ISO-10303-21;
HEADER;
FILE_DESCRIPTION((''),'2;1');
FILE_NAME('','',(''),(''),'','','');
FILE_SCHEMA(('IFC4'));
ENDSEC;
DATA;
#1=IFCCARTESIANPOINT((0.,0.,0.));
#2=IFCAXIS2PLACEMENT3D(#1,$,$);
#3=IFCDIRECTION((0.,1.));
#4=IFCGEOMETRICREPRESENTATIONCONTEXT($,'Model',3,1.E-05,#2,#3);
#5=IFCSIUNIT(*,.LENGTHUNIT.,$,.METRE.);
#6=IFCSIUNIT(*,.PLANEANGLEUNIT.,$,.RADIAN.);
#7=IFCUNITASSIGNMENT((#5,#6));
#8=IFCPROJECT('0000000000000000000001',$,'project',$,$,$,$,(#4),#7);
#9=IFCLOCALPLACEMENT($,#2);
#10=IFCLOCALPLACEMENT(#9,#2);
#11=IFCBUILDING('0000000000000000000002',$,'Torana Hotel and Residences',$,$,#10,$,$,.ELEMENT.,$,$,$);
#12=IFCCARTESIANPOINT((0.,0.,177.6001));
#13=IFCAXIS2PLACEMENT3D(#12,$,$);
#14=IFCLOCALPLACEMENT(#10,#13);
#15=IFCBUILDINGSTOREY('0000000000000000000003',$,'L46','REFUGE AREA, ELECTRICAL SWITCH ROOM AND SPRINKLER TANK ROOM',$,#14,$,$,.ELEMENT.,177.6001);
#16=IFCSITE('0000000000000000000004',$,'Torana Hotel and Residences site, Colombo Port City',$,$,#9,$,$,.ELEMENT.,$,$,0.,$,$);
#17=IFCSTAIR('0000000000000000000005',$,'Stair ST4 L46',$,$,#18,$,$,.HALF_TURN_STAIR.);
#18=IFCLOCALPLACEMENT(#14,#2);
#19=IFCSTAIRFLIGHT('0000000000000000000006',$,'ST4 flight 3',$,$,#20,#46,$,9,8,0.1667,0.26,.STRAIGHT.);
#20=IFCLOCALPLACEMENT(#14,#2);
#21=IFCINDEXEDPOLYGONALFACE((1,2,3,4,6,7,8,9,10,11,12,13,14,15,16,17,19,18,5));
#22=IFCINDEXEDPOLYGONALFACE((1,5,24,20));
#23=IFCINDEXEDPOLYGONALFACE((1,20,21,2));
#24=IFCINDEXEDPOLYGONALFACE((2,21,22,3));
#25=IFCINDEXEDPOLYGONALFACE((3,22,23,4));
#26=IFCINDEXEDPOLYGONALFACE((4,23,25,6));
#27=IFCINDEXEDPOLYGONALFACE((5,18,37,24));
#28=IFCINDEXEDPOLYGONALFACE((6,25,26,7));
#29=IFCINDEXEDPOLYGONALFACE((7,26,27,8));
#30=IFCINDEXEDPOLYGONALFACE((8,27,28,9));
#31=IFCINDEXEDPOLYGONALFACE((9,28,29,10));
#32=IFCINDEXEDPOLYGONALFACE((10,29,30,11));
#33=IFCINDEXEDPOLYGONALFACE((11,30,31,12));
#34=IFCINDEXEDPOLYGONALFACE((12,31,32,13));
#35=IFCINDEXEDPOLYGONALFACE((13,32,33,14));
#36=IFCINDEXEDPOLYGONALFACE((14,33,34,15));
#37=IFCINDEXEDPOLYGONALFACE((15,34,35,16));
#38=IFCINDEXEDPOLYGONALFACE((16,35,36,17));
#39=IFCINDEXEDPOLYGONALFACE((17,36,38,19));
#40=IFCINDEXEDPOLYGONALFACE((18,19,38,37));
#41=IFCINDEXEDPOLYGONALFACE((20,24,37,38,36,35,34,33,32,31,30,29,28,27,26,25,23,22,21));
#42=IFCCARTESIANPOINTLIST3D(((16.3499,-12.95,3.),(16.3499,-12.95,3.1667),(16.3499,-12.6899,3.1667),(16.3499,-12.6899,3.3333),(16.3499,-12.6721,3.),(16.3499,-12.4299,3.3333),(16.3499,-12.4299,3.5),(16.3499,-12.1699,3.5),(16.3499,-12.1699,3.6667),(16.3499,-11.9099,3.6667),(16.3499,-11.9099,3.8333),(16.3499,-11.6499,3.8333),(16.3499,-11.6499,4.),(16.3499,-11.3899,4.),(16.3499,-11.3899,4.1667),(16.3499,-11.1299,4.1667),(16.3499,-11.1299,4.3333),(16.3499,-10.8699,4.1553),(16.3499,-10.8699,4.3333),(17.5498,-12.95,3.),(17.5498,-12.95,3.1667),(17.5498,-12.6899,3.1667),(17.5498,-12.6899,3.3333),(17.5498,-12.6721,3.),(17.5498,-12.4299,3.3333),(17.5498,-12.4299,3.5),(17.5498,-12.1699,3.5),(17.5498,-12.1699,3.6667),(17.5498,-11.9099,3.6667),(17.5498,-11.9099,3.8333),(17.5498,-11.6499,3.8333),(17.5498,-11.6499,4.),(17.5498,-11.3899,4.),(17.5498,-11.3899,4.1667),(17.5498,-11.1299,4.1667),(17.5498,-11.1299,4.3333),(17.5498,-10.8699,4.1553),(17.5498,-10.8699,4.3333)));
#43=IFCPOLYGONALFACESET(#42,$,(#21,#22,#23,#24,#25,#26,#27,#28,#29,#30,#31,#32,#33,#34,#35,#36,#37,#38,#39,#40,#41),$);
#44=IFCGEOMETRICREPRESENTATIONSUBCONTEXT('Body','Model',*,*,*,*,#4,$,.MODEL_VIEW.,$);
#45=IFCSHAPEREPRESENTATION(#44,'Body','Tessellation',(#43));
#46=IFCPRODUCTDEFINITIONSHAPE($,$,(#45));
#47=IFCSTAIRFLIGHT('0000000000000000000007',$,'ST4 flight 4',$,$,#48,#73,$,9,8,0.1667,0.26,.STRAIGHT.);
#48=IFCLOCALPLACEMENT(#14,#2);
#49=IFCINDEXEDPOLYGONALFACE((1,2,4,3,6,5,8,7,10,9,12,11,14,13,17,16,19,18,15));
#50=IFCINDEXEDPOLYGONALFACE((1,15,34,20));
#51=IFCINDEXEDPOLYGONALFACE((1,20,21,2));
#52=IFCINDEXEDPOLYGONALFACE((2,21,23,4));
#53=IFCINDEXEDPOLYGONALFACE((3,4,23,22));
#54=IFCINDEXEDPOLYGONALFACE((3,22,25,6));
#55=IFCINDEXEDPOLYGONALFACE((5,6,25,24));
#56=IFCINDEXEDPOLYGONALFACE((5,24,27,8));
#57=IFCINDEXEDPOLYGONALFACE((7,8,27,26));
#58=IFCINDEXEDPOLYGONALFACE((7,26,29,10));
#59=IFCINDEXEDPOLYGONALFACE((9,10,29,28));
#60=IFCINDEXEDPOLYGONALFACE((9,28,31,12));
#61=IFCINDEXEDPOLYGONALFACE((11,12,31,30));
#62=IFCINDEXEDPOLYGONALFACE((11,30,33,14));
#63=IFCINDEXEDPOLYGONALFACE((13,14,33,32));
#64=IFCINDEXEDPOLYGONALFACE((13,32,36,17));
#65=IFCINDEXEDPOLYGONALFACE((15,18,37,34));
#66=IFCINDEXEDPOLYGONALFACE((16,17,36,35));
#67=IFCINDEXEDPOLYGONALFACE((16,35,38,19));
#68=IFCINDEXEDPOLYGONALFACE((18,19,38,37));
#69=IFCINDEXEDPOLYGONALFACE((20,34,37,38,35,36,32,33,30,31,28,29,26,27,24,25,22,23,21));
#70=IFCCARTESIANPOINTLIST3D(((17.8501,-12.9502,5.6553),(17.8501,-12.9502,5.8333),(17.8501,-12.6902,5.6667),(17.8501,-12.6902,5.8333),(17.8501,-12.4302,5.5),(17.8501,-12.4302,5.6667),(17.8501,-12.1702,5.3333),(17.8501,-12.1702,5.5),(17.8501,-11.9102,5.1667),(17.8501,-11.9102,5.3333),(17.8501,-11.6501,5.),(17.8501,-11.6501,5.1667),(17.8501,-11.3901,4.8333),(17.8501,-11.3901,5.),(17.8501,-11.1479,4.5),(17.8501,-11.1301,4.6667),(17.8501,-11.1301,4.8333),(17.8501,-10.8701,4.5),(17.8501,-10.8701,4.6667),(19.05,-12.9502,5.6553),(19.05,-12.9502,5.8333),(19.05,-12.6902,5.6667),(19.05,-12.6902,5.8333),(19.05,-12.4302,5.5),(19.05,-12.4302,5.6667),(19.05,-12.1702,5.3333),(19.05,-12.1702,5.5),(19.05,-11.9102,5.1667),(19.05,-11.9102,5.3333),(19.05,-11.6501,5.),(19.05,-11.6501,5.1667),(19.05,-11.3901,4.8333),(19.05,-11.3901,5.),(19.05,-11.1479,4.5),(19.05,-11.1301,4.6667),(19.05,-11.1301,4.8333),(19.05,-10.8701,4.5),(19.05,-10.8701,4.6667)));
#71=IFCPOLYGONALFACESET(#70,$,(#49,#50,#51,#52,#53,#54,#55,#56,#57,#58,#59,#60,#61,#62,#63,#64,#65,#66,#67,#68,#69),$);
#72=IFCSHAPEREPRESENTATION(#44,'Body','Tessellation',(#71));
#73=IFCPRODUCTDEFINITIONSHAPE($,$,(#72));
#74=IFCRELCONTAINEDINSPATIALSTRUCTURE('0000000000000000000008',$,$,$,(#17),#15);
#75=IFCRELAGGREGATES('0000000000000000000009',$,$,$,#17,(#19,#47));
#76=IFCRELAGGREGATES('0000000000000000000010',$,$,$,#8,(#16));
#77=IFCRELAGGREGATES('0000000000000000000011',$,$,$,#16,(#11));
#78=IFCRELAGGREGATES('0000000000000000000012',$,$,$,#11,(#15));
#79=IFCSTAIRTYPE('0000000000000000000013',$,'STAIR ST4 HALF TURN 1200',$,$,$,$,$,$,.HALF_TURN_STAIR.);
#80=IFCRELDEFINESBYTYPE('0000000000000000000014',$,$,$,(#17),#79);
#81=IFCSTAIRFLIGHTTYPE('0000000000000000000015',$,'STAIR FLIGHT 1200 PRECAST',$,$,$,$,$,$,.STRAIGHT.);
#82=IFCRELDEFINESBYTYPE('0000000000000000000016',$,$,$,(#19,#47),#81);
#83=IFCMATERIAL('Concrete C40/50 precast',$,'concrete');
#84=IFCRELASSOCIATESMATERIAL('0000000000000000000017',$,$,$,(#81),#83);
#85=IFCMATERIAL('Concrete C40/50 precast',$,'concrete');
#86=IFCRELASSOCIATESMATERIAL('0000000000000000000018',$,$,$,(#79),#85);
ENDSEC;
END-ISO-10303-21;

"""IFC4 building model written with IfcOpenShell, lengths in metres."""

from ifc_helpers import new_model, si_unit, direction, frame, origin, place, context, subcontext, project, spatial, polyline, outline, extrude, material, type_object, element, aggregate, save


model = new_model("IFC4")

# Units and contexts
model_context = context("Model", 3, precision=1e-05, world=origin(), true_north=direction((0.0, 1.0)))
body_context = subcontext(model_context, "Body", "Model", "MODEL_VIEW")
ifc_project = project(units=[si_unit("LENGTHUNIT", "METRE"), si_unit("PLANEANGLEUNIT", "RADIAN")], contexts=[model_context])

# Site, building, storey
site_placement = place(None, origin())
site = spatial("IfcSite", under=ifc_project, at=site_placement, Name="Torana Hotel and Residences site, Colombo Port City", CompositionType="ELEMENT", RefElevation=0.0)
building_placement = place(site_placement, origin())
building = spatial("IfcBuilding", under=site, at=building_placement, Name="Torana Hotel and Residences", CompositionType="ELEMENT")
storey_placement = place(building_placement, frame((0.0, 0.0, 177.6001)))
storey = spatial("IfcBuildingStorey", under=building, at=storey_placement, Name="L46", Description="REFUGE AREA, ELECTRICAL SWITCH ROOM AND SPRINKLER TANK ROOM", CompositionType="ELEMENT", Elevation=177.6001)

# Stair, stair flights
ifc_material_1 = material(Name="Concrete C40/50 precast", Category="concrete")
stair_flight_type = type_object("IfcStairFlightType", Name="STAIR FLIGHT 1200 PRECAST", PredefinedType="STRAIGHT", material=ifc_material_1)
ifc_material_2 = material(Name="Concrete C40/50 precast", Category="concrete")
stair_type_1 = type_object("IfcStairType", Name="STAIR ST4 HALF TURN 1200", PredefinedType="HALF_TURN_STAIR", material=ifc_material_2)
stair_1_placement = place(storey_placement, origin())
stair_1 = element("IfcStair", 1, at=stair_1_placement, inside=storey, type_object=stair_type_1, Name="Stair ST4 L46", PredefinedType="HALF_TURN_STAIR")
stair_flight_1_placement = place(storey_placement, frame((16.95, -12.95, 3.0), z_axis=(0.0, 0.0, 1.0), x_axis=(0.0, 1.0, 0.0)))
stair_flight_1 = element("IfcStairFlight", 2, at=stair_flight_1_placement, type_object=stair_flight_type, Name="ST4 flight 3", NumberOfRisers=9, NumberOfTreads=8, PredefinedType="STRAIGHT", RiserHeight=0.1667, TreadLength=0.26, context=body_context, shape_type="SweptSolid", body=[
    extrude(outline(polyline([(0.0, 0.0), (0.0, 0.1667), (0.26, 0.1667), (0.26, 0.3333), (0.52, 0.3333), (0.52, 0.5), (0.78, 0.5), (0.78, 0.6667), (1.04, 0.6667), (1.04, 0.8333), (1.3, 0.8333), (1.3, 1.0), (1.5601, 1.0), (1.5601, 1.1667), (1.8201, 1.1667), (1.8201, 1.3333), (2.0801, 1.3333), (2.0801, 1.5), (2.0801, 1.1553), (0.2778, 0.0), (0.0, 0.0)])), frame((0.0, 0.6001, 0.0), z_axis=(0.0, -1.0, 0.0), x_axis=(1.0, 0.0, 0.0)), (0.0, 0.0, 1.0), 1.2),
])
stair_flight_2_placement = place(storey_placement, frame((18.45, -10.8701, 4.5), z_axis=(0.0, 0.0, 1.0), x_axis=(0.0, -1.0, 0.0)))
stair_flight_2 = element("IfcStairFlight", 3, at=stair_flight_2_placement, type_object=stair_flight_type, Name="ST4 flight 4", NumberOfRisers=9, NumberOfTreads=8, PredefinedType="STRAIGHT", RiserHeight=0.1667, TreadLength=0.26, context=body_context, shape_type="SweptSolid", body=[
    extrude(outline(polyline([(0.0, 0.0), (0.0, 0.1667), (0.26, 0.1667), (0.26, 0.3333), (0.52, 0.3333), (0.52, 0.5), (0.78, 0.5), (0.78, 0.6667), (1.04, 0.6667), (1.04, 0.8333), (1.3, 0.8333), (1.3, 1.0), (1.5601, 1.0), (1.5601, 1.1667), (1.8201, 1.1667), (1.8201, 1.3333), (2.0801, 1.3333), (2.0801, 1.5), (2.0801, 1.1553), (0.2778, 0.0), (0.0, 0.0)])), frame((0.0, 0.6001, 0.0), z_axis=(0.0, -1.0, 0.0), x_axis=(1.0, 0.0, 0.0)), (0.0, 0.0, 1.0), 1.2),
])
aggregate(stair_1, [stair_flight_1, stair_flight_2])

save(model, "model.ifc")
